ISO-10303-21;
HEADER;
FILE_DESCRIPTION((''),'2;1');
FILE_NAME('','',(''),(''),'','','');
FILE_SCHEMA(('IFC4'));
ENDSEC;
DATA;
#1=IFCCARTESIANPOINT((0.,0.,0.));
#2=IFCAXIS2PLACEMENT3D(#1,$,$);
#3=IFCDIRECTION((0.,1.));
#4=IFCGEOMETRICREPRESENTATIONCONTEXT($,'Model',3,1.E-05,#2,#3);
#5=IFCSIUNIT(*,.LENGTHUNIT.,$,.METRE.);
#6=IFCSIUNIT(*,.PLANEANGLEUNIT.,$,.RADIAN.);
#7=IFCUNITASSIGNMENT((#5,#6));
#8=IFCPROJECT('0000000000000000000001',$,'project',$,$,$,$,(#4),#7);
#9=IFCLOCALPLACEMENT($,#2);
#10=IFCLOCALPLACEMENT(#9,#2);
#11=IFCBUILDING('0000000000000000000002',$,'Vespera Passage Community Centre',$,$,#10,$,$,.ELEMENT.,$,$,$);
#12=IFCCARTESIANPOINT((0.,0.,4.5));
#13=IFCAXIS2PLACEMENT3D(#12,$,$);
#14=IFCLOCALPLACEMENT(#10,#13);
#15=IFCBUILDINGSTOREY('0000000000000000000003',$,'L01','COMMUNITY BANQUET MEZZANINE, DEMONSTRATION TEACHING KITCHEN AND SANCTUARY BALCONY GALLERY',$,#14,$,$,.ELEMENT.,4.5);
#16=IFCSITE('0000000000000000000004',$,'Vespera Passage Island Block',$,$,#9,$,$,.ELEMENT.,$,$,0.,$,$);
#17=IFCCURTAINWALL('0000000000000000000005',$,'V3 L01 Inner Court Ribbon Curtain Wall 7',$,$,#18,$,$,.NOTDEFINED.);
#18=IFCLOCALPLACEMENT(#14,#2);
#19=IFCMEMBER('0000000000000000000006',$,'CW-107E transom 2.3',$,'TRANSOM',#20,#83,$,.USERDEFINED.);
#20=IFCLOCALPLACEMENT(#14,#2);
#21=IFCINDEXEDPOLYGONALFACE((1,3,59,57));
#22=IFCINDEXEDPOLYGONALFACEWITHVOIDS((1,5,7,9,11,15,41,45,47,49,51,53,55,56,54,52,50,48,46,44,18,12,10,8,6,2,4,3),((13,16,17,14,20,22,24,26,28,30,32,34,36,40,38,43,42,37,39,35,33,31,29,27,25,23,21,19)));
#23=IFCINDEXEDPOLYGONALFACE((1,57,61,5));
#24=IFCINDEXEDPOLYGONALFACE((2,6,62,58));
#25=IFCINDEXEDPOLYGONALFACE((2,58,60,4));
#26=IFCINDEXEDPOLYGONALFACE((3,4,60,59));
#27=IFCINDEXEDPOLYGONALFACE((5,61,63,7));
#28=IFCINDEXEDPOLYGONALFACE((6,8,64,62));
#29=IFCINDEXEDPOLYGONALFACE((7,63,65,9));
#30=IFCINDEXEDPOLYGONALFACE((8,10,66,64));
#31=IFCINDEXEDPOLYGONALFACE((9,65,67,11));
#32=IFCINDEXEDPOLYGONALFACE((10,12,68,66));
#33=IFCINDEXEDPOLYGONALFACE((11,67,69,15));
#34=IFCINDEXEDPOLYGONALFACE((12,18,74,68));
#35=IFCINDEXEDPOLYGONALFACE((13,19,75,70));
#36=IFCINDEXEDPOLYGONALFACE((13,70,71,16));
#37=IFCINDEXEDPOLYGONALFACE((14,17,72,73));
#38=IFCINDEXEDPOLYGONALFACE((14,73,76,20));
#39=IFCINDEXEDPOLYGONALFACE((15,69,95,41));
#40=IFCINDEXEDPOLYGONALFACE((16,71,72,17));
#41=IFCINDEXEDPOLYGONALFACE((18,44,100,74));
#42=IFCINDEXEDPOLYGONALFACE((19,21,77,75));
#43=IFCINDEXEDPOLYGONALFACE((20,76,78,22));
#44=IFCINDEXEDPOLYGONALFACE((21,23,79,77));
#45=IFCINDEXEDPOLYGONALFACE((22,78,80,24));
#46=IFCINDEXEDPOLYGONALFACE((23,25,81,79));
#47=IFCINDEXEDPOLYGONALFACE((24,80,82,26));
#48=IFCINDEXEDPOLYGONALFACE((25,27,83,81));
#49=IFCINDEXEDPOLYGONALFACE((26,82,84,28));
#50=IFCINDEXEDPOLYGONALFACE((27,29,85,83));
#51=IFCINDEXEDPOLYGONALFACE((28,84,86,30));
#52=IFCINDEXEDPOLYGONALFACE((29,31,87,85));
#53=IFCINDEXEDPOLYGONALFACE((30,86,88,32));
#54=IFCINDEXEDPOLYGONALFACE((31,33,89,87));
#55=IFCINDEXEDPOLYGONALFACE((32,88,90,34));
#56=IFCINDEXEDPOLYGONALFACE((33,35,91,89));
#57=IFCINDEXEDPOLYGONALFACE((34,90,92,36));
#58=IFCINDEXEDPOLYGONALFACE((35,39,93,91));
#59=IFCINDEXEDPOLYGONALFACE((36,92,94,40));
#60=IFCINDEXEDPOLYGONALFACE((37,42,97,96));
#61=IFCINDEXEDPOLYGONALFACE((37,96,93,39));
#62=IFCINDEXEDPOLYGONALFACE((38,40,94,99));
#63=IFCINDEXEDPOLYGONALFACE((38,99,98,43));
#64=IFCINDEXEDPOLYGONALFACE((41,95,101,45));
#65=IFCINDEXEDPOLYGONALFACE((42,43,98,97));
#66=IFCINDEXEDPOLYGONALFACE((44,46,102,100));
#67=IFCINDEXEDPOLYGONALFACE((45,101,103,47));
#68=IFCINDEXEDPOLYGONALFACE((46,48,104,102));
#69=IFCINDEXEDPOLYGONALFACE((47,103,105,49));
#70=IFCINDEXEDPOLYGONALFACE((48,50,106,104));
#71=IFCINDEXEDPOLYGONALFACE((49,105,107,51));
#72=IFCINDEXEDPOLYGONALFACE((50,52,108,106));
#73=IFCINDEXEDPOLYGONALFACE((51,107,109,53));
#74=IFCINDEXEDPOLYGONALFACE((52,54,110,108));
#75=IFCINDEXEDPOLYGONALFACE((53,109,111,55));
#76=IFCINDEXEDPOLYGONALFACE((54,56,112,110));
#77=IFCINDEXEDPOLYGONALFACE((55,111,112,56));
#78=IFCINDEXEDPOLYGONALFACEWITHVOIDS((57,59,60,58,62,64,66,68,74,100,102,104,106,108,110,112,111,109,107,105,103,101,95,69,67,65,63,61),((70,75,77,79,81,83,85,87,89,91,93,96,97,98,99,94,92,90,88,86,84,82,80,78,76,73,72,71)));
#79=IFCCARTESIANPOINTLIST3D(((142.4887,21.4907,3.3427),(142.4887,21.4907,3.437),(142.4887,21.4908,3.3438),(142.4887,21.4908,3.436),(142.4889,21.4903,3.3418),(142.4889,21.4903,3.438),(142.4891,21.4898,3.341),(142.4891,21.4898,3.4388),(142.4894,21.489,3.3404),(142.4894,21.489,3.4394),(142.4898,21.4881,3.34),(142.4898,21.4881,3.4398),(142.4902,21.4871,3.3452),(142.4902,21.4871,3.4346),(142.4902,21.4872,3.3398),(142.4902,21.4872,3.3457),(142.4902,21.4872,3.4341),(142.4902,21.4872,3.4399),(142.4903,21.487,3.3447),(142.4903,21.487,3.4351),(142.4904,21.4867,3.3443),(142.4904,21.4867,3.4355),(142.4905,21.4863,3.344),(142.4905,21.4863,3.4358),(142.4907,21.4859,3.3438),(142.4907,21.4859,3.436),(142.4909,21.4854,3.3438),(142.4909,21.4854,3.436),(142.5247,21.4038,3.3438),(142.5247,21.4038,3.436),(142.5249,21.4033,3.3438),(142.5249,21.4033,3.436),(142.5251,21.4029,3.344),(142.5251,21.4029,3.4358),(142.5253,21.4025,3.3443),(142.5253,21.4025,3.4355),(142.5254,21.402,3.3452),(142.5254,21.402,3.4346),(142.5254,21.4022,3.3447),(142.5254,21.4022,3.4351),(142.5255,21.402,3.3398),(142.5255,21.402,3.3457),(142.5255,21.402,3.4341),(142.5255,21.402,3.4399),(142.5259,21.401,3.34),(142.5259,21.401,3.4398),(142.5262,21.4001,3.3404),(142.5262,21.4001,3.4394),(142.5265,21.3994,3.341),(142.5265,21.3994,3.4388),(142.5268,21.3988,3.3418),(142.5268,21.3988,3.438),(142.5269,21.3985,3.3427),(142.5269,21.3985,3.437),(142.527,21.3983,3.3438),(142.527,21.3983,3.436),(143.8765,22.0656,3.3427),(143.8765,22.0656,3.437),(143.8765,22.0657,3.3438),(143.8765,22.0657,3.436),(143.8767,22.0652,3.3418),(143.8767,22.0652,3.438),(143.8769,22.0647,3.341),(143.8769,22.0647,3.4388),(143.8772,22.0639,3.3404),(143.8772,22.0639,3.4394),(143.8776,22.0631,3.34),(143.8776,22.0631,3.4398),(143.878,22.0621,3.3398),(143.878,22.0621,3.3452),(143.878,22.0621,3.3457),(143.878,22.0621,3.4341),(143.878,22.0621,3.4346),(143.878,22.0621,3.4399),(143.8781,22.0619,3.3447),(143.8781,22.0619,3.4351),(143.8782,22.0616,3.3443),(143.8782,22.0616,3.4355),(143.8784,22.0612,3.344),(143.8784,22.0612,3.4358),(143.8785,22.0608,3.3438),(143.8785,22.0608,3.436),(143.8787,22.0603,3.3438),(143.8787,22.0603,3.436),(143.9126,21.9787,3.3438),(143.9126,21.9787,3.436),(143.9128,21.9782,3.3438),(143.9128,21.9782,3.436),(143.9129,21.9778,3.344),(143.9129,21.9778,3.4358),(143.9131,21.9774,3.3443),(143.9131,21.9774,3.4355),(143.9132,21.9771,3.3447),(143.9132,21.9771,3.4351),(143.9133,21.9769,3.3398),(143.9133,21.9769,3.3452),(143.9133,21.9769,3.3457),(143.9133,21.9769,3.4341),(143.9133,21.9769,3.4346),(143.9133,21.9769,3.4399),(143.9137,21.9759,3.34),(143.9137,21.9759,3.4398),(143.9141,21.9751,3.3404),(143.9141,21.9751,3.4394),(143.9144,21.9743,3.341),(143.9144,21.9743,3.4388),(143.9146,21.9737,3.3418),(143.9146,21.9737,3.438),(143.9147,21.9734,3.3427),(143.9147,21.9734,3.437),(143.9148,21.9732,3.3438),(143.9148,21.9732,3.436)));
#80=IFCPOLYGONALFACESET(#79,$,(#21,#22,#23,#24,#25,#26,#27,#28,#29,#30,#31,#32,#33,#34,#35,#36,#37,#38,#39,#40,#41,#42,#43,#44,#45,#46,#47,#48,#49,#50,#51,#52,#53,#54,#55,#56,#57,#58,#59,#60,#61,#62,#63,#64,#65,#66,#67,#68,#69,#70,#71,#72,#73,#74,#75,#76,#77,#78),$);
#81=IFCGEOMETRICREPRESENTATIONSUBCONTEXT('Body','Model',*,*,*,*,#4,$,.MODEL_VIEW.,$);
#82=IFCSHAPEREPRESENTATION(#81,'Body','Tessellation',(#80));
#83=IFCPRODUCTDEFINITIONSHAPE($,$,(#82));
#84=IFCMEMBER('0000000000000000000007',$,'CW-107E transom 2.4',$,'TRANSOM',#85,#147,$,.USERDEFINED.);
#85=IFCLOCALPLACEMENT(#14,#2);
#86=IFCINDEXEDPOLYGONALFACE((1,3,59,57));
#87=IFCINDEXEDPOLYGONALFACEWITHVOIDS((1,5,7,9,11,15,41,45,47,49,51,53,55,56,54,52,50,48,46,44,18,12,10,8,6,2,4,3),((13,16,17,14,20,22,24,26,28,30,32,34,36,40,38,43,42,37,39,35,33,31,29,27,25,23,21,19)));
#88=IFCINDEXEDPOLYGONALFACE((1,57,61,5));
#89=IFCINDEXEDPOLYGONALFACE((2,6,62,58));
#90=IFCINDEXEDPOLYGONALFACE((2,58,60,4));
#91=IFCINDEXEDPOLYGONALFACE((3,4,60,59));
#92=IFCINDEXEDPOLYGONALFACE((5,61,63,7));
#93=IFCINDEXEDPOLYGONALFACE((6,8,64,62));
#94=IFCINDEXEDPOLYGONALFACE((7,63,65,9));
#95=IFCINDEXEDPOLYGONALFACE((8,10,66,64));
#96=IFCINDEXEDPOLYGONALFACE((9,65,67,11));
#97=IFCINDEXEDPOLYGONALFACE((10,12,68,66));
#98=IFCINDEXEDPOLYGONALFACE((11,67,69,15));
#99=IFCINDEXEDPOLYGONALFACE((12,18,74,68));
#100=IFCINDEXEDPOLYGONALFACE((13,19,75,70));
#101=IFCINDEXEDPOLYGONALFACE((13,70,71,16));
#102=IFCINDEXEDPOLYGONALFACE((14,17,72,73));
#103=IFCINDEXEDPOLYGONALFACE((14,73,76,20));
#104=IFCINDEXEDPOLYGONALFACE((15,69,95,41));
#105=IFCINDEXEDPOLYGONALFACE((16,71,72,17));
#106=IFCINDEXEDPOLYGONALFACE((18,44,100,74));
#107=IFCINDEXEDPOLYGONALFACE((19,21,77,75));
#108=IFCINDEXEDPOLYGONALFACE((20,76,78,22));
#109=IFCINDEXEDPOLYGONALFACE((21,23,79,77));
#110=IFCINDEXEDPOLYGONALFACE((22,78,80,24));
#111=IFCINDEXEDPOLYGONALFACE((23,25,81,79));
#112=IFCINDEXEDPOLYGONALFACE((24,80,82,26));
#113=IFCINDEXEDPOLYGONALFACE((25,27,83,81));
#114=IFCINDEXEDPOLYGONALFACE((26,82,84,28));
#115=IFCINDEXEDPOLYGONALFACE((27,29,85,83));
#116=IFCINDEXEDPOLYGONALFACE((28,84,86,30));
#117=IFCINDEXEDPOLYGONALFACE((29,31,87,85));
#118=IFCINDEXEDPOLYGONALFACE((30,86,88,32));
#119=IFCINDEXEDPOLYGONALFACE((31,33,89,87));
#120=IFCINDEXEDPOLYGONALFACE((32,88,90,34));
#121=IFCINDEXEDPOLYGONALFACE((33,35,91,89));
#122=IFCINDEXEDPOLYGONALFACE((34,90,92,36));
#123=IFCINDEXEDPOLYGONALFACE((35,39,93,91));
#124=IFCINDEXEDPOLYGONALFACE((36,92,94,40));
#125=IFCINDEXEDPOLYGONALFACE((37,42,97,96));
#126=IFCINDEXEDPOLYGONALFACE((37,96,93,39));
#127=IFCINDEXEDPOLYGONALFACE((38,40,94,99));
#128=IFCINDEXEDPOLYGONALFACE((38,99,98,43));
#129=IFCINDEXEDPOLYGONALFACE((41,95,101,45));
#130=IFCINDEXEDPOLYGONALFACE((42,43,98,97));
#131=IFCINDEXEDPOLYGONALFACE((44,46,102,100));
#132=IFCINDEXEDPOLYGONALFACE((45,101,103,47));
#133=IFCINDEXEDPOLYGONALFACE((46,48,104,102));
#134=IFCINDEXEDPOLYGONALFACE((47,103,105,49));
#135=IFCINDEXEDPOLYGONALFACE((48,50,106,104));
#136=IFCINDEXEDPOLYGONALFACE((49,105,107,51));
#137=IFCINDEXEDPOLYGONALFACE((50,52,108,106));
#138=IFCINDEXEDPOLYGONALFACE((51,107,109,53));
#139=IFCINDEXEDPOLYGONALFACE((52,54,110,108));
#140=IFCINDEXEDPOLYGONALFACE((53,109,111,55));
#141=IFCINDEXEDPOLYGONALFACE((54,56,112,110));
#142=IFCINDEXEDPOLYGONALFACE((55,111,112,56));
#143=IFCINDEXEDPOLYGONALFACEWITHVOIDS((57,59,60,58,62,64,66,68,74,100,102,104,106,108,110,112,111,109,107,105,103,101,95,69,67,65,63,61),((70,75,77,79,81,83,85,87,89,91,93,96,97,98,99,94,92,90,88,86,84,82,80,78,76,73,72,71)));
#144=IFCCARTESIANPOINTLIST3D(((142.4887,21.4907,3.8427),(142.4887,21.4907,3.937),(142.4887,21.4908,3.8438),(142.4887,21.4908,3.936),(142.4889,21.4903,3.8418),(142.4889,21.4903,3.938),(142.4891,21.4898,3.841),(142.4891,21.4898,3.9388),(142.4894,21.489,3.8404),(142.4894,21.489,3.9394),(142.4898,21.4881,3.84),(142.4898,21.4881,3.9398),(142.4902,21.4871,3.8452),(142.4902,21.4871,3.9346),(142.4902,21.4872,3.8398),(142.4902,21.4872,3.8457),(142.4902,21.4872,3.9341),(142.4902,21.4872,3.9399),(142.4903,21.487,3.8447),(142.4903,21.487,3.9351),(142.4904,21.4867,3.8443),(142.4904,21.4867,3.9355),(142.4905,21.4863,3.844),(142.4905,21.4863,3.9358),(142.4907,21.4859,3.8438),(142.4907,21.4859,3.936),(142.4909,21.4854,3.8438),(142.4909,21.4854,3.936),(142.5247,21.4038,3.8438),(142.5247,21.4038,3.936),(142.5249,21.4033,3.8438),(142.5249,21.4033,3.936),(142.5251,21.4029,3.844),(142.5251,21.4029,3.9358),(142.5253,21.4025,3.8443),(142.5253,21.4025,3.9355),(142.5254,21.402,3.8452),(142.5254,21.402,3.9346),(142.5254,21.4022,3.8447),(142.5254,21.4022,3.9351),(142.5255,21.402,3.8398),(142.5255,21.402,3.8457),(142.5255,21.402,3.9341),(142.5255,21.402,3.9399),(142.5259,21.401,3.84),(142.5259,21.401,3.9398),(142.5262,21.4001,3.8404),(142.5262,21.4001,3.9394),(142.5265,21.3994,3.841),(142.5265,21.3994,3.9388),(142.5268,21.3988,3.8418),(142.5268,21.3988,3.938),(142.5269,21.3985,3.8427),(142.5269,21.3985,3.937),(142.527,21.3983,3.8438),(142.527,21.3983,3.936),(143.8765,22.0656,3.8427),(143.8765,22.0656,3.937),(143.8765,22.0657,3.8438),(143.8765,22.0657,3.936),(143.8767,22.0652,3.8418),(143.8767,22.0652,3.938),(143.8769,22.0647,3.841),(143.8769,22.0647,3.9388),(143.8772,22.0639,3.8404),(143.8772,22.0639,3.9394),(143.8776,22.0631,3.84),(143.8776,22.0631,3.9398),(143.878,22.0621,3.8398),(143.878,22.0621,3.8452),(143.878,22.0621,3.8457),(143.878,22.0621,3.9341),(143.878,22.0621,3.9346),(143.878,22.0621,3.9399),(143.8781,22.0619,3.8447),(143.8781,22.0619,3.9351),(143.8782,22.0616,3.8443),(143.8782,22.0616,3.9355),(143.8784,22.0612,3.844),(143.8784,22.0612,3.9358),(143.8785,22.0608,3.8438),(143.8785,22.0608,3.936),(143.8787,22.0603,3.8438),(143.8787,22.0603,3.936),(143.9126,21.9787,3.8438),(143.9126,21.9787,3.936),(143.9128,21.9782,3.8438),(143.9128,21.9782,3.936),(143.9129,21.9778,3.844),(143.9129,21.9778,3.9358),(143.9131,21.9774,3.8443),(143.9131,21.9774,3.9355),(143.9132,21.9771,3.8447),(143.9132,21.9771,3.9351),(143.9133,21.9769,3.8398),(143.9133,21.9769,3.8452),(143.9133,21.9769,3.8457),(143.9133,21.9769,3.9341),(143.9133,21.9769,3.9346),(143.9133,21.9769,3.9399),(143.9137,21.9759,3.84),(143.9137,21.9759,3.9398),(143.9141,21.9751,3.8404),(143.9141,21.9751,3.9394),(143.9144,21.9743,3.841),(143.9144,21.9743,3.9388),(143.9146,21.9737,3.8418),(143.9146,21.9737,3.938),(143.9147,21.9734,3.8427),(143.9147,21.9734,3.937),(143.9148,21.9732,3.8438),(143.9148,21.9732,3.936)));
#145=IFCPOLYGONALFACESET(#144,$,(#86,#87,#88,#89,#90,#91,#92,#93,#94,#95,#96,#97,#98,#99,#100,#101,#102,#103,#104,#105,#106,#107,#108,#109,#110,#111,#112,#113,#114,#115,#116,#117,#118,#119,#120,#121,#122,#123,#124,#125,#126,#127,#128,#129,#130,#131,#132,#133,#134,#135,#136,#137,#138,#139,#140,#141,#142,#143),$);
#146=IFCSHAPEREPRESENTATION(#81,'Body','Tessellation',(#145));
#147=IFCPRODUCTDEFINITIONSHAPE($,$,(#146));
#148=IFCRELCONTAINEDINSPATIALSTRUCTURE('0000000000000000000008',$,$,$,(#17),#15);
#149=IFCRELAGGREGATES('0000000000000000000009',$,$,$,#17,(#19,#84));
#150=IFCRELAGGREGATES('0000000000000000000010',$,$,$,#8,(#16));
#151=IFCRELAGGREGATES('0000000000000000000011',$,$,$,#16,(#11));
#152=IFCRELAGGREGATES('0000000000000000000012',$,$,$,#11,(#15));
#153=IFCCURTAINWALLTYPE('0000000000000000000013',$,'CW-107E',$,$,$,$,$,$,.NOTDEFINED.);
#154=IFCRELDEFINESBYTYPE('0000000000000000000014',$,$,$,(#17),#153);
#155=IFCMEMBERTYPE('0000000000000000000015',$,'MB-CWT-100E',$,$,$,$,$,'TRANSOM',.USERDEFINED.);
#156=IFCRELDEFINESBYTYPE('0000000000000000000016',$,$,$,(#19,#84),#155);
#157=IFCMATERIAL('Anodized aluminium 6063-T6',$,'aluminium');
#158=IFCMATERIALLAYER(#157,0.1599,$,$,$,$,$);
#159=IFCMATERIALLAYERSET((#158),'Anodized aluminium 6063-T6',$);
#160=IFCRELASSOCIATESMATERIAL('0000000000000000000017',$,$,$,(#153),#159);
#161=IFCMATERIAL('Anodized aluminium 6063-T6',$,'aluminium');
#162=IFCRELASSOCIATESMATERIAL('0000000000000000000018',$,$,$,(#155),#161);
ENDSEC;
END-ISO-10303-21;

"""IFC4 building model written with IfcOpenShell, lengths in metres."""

from ifc_helpers import new_model, si_unit, direction, frame, origin, origin_2d, place, context, subcontext, project, spatial, hollow_rectangle, extrude, material, layer, layer_set, material_profile, profile_set, type_object, element, aggregate, save


model = new_model("IFC4")

# Units and contexts
model_context = context("Model", 3, precision=1e-05, world=origin(), true_north=direction((0.0, 1.0)))
body_context = subcontext(model_context, "Body", "Model", "MODEL_VIEW")
ifc_project = project(units=[si_unit("LENGTHUNIT", "METRE"), si_unit("PLANEANGLEUNIT", "RADIAN")], contexts=[model_context])

# Site, building, storey
site_placement = place(None, origin())
site = spatial("IfcSite", under=ifc_project, at=site_placement, Name="Vespera Passage Island Block", CompositionType="ELEMENT", RefElevation=0.0)
building_placement = place(site_placement, origin())
building = spatial("IfcBuilding", under=site, at=building_placement, Name="Vespera Passage Community Centre", CompositionType="ELEMENT")
storey_placement = place(building_placement, frame((0.0, 0.0, 4.5)))
storey = spatial("IfcBuildingStorey", under=building, at=storey_placement, Name="L01", Description="COMMUNITY BANQUET MEZZANINE, DEMONSTRATION TEACHING KITCHEN AND SANCTUARY BALCONY GALLERY", CompositionType="ELEMENT", Elevation=4.5)

# Shared definitions
ifc_material_1 = material(Name="Anodized aluminium 6063-T6", Category="aluminium")
ifc_layer_1 = layer(ifc_material_1, 0.1599)
ifc_layer_set_1 = layer_set([ifc_layer_1], Name="Anodized aluminium 6063-T6")
curtain_wall_type = type_object("IfcCurtainWallType", Name="CW-107E", PredefinedType="NOTDEFINED", material=ifc_layer_set_1)

# Curtain wall
curtain_wall_1_placement = place(storey_placement, origin())
curtain_wall_1 = element("IfcCurtainWall", 1, at=curtain_wall_1_placement, inside=storey, type_object=curtain_wall_type, Name="V3 L01 Inner Court Ribbon Curtain Wall 7", PredefinedType="NOTDEFINED")

# Members
ifc_material_2 = material(Name="Anodized aluminium 6063-T6", Category="aluminium")
ifc_material_profile_1 = material_profile(ifc_material_2, hollow_rectangle(XDim=0.1001, YDim=0.1001, WallThickness=0.0039, InnerFilletRadius=0.002, OuterFilletRadius=0.0039, at=origin_2d()), Name="ALU100X100X4")
ifc_profile_set_1 = profile_set([ifc_material_profile_1], Name="Anodized aluminium 6063-T6")
member_type_1 = type_object("IfcMemberType", Name="MB-CWT-100E", ElementType="TRANSOM", PredefinedType="USERDEFINED", material=ifc_profile_set_1)
member_1_placement = place(storey_placement, frame((142.5078, 21.4446, 3.3899), z_axis=(0.923868, 0.382711, 0.0), x_axis=(-0.382711, 0.923868, 0.0)))
member_1 = element("IfcMember", 2, at=member_1_placement, type_object=member_type_1, Name="CW-107E transom 2.3", ObjectType="TRANSOM", PredefinedType="USERDEFINED", context=body_context, shape_type="SweptSolid", body=[
    extrude(hollow_rectangle(XDim=0.1001, YDim=0.1001, WallThickness=0.0039, InnerFilletRadius=0.002, OuterFilletRadius=0.0039, at=origin_2d()), origin(), (0.0, 0.0, 1.0), 1.5022),
])
member_2_placement = place(storey_placement, frame((142.5078, 21.4446, 3.8899), z_axis=(0.923868, 0.382711, 0.0), x_axis=(-0.382711, 0.923868, 0.0)))
member_2 = element("IfcMember", 3, at=member_2_placement, type_object=member_type_1, Name="CW-107E transom 2.4", ObjectType="TRANSOM", PredefinedType="USERDEFINED", context=body_context, shape_type="SweptSolid", body=[
    extrude(hollow_rectangle(XDim=0.1001, YDim=0.1001, WallThickness=0.0039, InnerFilletRadius=0.002, OuterFilletRadius=0.0039, at=origin_2d()), origin(), (0.0, 0.0, 1.0), 1.5022),
])

aggregate(curtain_wall_1, [member_1, member_2])

save(model, "model.ifc")
